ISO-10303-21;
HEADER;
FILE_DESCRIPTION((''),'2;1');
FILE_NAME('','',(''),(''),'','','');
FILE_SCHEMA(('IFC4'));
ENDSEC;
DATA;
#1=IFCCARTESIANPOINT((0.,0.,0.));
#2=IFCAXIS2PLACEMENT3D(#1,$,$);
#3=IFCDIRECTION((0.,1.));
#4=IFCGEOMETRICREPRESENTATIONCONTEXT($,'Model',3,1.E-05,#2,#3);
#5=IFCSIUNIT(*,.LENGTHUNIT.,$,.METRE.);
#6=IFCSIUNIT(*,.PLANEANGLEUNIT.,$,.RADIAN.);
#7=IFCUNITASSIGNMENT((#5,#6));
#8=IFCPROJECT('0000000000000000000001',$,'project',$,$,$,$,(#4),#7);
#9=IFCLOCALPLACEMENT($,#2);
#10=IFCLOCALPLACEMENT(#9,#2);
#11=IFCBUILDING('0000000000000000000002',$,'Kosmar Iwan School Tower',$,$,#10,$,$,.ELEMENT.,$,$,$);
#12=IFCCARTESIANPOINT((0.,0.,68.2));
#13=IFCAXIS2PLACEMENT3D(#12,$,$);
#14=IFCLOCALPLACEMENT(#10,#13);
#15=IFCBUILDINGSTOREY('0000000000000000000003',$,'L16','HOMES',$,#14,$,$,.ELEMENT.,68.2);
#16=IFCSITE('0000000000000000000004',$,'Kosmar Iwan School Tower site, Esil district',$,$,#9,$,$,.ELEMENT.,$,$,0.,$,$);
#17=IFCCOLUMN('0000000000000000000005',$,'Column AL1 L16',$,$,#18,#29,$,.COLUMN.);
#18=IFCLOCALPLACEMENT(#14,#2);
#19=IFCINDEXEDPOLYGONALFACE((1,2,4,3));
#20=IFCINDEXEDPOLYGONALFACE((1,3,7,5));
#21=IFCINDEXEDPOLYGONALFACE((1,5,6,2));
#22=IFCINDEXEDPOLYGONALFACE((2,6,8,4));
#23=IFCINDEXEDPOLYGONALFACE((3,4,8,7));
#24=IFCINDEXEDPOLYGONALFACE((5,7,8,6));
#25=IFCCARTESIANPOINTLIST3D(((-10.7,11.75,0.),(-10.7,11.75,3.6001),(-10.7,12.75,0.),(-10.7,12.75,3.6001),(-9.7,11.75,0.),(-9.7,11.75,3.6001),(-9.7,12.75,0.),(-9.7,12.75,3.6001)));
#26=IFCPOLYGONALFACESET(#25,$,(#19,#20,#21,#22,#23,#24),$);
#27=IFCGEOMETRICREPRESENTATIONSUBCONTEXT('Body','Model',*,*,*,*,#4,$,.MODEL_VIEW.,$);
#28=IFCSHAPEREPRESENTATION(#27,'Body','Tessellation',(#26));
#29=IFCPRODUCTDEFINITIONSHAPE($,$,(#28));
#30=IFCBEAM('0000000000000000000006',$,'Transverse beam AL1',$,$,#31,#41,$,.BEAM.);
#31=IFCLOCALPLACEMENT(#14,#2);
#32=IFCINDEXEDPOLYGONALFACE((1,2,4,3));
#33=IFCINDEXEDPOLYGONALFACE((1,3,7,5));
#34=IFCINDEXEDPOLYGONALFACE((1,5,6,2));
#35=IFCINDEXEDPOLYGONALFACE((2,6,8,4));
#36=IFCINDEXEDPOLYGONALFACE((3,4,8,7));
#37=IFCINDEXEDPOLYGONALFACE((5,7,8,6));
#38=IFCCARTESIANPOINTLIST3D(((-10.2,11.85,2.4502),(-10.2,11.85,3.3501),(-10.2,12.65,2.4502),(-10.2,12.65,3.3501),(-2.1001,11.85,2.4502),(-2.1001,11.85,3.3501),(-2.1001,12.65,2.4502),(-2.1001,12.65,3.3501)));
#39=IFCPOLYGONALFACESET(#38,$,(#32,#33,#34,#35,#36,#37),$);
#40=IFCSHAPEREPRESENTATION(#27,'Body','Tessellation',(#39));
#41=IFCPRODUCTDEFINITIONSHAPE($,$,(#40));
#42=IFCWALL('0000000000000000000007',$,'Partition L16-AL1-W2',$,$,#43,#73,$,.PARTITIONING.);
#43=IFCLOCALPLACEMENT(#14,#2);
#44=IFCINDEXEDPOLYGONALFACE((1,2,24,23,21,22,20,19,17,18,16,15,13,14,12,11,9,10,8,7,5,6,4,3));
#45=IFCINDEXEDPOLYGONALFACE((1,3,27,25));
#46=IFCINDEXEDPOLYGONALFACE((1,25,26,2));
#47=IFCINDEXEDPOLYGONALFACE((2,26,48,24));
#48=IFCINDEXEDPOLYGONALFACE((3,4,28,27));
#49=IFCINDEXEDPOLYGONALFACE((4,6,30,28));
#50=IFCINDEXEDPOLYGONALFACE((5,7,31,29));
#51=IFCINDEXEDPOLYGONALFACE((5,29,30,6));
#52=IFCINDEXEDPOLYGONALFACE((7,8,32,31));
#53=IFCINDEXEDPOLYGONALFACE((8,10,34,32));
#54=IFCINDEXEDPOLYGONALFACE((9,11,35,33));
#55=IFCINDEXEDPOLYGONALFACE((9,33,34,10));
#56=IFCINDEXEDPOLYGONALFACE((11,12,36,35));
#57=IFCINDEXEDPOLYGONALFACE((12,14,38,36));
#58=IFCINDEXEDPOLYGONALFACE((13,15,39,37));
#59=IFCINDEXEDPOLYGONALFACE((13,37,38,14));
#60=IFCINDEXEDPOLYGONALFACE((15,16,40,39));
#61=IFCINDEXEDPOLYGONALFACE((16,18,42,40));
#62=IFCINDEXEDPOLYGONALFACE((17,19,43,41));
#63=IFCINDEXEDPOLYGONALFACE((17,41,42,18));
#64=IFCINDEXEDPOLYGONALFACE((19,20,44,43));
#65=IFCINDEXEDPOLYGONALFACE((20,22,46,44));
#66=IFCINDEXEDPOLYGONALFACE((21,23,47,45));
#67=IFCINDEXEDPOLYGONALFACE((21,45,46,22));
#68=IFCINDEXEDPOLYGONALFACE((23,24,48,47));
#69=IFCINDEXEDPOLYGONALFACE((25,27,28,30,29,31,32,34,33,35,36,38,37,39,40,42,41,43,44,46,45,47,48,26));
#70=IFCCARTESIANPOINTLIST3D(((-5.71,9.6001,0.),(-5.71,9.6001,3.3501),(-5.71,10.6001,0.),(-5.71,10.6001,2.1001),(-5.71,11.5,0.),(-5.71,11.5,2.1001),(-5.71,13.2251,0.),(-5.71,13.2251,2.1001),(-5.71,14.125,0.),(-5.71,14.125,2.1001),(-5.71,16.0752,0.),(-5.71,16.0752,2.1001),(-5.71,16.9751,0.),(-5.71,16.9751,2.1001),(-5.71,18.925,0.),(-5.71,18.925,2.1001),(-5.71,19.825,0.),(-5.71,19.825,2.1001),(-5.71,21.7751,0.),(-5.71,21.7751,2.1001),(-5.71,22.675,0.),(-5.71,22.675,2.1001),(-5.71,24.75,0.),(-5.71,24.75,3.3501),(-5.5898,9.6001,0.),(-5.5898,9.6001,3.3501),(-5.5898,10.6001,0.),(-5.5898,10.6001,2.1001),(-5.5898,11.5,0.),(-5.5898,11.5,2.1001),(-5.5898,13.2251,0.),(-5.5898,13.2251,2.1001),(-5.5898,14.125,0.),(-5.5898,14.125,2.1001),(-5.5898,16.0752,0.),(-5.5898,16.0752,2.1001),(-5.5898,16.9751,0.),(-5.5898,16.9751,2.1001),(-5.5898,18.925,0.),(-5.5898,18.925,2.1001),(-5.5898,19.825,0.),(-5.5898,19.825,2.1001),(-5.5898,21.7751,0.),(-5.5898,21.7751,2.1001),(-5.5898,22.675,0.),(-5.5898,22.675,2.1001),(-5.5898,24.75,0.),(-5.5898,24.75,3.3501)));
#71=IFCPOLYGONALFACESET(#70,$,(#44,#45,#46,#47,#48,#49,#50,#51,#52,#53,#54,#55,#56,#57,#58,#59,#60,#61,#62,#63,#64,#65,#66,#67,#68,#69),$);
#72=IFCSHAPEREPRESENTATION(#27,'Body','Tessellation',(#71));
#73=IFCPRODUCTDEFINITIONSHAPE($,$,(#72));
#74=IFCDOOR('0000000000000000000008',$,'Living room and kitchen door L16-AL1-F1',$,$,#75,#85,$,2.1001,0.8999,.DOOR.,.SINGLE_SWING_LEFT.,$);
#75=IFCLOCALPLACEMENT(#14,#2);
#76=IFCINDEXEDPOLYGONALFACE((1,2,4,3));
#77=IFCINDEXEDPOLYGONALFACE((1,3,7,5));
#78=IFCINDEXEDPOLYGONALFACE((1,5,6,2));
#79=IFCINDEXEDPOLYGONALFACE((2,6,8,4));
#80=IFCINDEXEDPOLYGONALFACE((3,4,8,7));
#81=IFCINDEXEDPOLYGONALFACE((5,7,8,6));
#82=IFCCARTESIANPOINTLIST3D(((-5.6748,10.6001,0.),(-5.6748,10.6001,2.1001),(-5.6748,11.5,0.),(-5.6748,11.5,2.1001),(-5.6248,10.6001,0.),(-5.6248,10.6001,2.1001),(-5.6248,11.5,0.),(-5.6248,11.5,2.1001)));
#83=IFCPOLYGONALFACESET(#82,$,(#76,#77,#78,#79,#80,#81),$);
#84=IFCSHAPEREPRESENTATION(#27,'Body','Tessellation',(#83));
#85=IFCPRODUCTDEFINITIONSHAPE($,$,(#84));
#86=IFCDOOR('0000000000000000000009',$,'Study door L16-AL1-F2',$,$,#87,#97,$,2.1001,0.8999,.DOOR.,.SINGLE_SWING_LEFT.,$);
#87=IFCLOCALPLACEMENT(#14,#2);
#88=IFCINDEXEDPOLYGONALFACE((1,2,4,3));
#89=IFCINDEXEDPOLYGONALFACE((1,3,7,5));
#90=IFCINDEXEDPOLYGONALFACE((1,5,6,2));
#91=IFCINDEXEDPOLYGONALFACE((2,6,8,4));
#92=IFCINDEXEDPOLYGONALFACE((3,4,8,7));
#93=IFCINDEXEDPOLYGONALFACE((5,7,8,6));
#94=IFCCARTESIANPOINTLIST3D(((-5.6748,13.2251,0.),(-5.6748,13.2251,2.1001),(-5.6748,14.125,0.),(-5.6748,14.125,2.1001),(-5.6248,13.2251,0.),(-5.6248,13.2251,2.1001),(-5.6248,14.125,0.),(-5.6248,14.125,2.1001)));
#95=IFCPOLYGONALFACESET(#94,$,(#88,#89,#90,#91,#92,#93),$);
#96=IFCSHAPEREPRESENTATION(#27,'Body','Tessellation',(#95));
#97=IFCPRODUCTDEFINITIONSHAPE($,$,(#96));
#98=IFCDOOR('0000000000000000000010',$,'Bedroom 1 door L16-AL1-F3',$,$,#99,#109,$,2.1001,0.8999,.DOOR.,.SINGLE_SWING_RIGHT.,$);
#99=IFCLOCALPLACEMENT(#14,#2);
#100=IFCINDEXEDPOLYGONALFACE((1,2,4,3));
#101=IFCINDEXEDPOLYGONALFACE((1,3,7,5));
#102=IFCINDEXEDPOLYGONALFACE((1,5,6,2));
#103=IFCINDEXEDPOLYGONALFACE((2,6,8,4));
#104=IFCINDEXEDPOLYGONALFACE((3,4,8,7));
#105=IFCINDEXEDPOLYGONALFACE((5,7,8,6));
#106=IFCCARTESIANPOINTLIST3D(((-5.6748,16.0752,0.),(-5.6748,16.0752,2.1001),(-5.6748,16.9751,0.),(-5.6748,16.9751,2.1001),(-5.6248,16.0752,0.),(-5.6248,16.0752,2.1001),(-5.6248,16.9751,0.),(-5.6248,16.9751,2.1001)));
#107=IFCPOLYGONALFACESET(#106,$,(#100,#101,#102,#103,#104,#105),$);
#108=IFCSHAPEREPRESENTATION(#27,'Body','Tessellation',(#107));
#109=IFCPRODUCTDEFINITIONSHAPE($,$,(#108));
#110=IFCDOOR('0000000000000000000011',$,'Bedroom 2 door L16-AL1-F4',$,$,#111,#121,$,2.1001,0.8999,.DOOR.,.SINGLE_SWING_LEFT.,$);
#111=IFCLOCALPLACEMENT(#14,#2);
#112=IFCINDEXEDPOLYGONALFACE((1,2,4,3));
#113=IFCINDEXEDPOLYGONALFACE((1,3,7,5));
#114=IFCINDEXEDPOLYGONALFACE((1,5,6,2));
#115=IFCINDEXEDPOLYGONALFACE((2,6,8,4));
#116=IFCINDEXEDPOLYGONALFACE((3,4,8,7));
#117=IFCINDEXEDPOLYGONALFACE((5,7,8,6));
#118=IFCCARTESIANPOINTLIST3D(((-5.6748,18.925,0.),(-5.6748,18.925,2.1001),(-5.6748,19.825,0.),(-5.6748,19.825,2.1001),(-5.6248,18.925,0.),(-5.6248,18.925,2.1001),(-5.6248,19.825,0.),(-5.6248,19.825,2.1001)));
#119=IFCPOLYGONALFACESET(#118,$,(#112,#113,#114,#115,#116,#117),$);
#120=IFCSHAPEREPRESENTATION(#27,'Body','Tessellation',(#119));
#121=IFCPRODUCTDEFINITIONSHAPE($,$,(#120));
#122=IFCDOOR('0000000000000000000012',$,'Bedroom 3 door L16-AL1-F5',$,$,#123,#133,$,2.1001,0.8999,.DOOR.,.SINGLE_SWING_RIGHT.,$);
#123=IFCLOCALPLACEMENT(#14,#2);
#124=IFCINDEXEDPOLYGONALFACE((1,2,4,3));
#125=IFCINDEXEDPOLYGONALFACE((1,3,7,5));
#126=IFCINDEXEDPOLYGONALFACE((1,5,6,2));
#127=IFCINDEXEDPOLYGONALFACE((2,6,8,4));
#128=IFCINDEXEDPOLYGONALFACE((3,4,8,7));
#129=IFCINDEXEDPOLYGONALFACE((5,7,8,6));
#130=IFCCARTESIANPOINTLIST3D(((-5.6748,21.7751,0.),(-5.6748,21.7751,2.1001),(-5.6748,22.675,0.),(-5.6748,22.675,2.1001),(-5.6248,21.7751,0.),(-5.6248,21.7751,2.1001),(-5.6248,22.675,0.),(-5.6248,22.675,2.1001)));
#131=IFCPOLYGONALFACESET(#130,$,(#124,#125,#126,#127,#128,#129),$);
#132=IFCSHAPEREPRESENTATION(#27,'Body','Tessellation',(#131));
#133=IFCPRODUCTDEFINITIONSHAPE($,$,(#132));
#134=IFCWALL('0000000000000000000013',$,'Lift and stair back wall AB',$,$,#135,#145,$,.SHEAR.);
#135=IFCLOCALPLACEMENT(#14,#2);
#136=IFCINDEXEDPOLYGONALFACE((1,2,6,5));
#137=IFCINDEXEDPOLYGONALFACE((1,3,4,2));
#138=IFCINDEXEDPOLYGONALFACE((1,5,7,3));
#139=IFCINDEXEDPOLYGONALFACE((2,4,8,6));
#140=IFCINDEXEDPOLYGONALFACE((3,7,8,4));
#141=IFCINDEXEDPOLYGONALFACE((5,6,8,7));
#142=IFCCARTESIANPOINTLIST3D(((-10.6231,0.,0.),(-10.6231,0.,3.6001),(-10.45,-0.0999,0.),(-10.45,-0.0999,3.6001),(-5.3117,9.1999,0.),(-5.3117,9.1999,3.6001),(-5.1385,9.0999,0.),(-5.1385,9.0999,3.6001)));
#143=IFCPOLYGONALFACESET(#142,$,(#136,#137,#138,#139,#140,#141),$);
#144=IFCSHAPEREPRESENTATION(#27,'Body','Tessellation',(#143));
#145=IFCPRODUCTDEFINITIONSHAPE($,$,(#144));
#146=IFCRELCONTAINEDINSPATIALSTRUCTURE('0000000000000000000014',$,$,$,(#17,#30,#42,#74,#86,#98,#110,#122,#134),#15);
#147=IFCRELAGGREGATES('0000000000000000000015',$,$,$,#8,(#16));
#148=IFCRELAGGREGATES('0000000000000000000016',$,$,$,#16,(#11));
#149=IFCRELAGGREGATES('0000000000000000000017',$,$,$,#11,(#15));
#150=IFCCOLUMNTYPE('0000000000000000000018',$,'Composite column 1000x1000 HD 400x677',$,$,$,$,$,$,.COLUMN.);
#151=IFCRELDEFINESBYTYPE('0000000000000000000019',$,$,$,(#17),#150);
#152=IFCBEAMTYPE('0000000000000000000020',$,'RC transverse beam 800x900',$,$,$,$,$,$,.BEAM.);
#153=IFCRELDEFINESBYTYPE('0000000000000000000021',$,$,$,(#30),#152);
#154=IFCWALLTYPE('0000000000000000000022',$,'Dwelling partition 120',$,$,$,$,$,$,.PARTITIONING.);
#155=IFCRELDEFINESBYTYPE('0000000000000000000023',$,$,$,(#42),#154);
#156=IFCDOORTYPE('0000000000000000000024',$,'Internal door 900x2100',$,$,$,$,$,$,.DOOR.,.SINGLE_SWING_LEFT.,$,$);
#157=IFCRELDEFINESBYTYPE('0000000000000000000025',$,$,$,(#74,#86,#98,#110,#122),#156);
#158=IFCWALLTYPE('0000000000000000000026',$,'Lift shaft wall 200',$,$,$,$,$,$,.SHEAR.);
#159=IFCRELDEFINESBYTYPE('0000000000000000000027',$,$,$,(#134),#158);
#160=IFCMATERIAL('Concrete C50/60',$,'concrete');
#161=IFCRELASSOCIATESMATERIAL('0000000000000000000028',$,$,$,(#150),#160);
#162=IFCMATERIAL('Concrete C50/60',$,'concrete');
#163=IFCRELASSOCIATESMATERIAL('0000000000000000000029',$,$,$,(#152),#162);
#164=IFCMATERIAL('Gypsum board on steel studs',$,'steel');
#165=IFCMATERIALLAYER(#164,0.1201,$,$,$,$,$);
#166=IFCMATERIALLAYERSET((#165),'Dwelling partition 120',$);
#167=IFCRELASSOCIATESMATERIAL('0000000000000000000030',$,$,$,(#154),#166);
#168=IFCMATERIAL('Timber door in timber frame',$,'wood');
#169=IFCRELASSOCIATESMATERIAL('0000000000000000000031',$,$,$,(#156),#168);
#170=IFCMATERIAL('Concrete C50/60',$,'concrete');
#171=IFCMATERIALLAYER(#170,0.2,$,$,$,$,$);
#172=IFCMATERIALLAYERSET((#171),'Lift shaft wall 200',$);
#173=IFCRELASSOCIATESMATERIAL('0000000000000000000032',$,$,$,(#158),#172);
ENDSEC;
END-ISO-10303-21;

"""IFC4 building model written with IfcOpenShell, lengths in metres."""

from ifc_helpers import new_model, si_unit, direction, frame, frame_2d, origin, origin_2d, place, context, subcontext, project, spatial, rectangle, extrude, material, layer, layer_set, material_profile, profile_set, type_object, element, fill, save


model = new_model("IFC4")

# Units and contexts
model_context = context("Model", 3, precision=1e-05, world=origin(), true_north=direction((0.0, 1.0)))
body_context = subcontext(model_context, "Body", "Model", "MODEL_VIEW")
ifc_project = project(units=[si_unit("LENGTHUNIT", "METRE"), si_unit("PLANEANGLEUNIT", "RADIAN")], contexts=[model_context])

# Site, building, storey
site_placement = place(None, origin())
site = spatial("IfcSite", under=ifc_project, at=site_placement, Name="Kosmar Iwan School Tower site, Esil district", CompositionType="ELEMENT", RefElevation=0.0)
building_placement = place(site_placement, origin())
building = spatial("IfcBuilding", under=site, at=building_placement, Name="Kosmar Iwan School Tower", CompositionType="ELEMENT")
storey_placement = place(building_placement, frame((0.0, 0.0, 68.2)))
storey = spatial("IfcBuildingStorey", under=building, at=storey_placement, Name="L16", Description="HOMES", CompositionType="ELEMENT", Elevation=68.2)

# Column
ifc_material_1 = material(Name="Concrete C50/60", Category="concrete")
ifc_material_profile_1 = material_profile(ifc_material_1, rectangle(XDim=1.0, YDim=1.0, at=origin_2d()), Name="RC 1000x1000 + HD 400x677")
ifc_profile_set_1 = profile_set([ifc_material_profile_1], Name="Concrete C50/60")
column_type = type_object("IfcColumnType", Name="Composite column 1000x1000 HD 400x677", PredefinedType="COLUMN", material=ifc_profile_set_1)
column_placement = place(storey_placement, frame((-10.2, 12.25, 0.0), z_axis=(0.0, 0.0, 1.0), x_axis=(0.0, 1.0, 0.0)))
element("IfcColumn", 1, at=column_placement, inside=storey, type_object=column_type, Name="Column AL1 L16", PredefinedType="COLUMN", context=body_context, shape_type="SweptSolid", body=[
    extrude(rectangle(XDim=1.0, YDim=1.0, at=origin_2d()), origin(), (0.0, 0.0, 1.0), 3.6001),
])

# Beam
ifc_material_2 = material(Name="Concrete C50/60", Category="concrete")
ifc_material_profile_2 = material_profile(ifc_material_2, rectangle(XDim=0.8, YDim=0.8999, at=origin_2d()), Name="RC 800x900")
ifc_profile_set_2 = profile_set([ifc_material_profile_2], Name="Concrete C50/60")
beam_type = type_object("IfcBeamType", Name="RC transverse beam 800x900", PredefinedType="BEAM", material=ifc_profile_set_2)
beam_placement = place(storey_placement, frame((-10.2, 12.25, 2.9001), z_axis=(1.0, 0.0, 0.0), x_axis=(0.0, 1.0, 0.0)))
element("IfcBeam", 2, at=beam_placement, inside=storey, type_object=beam_type, Name="Transverse beam AL1", PredefinedType="BEAM", context=body_context, shape_type="SweptSolid", body=[
    extrude(rectangle(XDim=0.8, YDim=0.8999, at=origin_2d()), origin(), (0.0, 0.0, 1.0), 8.0999),
])

# Wall, openings, doors
ifc_material_3 = material(Name="Gypsum board on steel studs", Category="steel")
ifc_layer_1 = layer(ifc_material_3, 0.1201)
ifc_layer_set_1 = layer_set([ifc_layer_1], Name="Dwelling partition 120")
wall_type_1 = type_object("IfcWallType", Name="Dwelling partition 120", PredefinedType="PARTITIONING", material=ifc_layer_set_1)
wall_1_placement = place(storey_placement, frame((-5.6499, 9.6001, 0.0), z_axis=(0.0, 0.0, 1.0), x_axis=(0.0, 1.0, 0.0)))
wall_1 = element("IfcWall", 3, at=wall_1_placement, inside=storey, type_object=wall_type_1, Name="Partition L16-AL1-W2", PredefinedType="PARTITIONING", context=body_context, shape_type="SweptSolid", body=[
    extrude(rectangle(XDim=15.1499, YDim=0.1201, at=frame_2d((7.575, 0.0))), origin(), (0.0, 0.0, 1.0), 3.3501),
])
opening_1_placement = place(wall_1_placement, frame((1.0, 0.0, 0.0)))
opening_1 = element("IfcOpeningElement", 4, at=opening_1_placement, cuts=wall_1, PredefinedType="OPENING", context=body_context, shape_type="SweptSolid", body=[
    extrude(rectangle(XDim=0.8999, YDim=2.1001, at=frame_2d((0.45, 1.05))), frame((0.0, 0.072, 0.0), z_axis=(0.0, -1.0, 0.0), x_axis=(1.0, 0.0, 0.0)), (0.0, 0.0, 1.0), 0.144),
])
opening_2_placement = place(wall_1_placement, frame((3.625, 0.0, 0.0)))
opening_2 = element("IfcOpeningElement", 5, at=opening_2_placement, cuts=wall_1, PredefinedType="OPENING", context=body_context, shape_type="SweptSolid", body=[
    extrude(rectangle(XDim=0.8999, YDim=2.1001, at=frame_2d((0.45, 1.05))), frame((0.0, 0.072, 0.0), z_axis=(0.0, -1.0, 0.0), x_axis=(1.0, 0.0, 0.0)), (0.0, 0.0, 1.0), 0.144),
])
opening_3_placement = place(wall_1_placement, frame((6.4751, 0.0, 0.0)))
opening_3 = element("IfcOpeningElement", 6, at=opening_3_placement, cuts=wall_1, PredefinedType="OPENING", context=body_context, shape_type="SweptSolid", body=[
    extrude(rectangle(XDim=0.8999, YDim=2.1001, at=frame_2d((0.45, 1.05))), frame((0.0, 0.072, 0.0), z_axis=(0.0, -1.0, 0.0), x_axis=(1.0, 0.0, 0.0)), (0.0, 0.0, 1.0), 0.144),
])
opening_4_placement = place(wall_1_placement, frame((9.325, 0.0, 0.0)))
opening_4 = element("IfcOpeningElement", 7, at=opening_4_placement, cuts=wall_1, PredefinedType="OPENING", context=body_context, shape_type="SweptSolid", body=[
    extrude(rectangle(XDim=0.8999, YDim=2.1001, at=frame_2d((0.45, 1.05))), frame((0.0, 0.072, 0.0), z_axis=(0.0, -1.0, 0.0), x_axis=(1.0, 0.0, 0.0)), (0.0, 0.0, 1.0), 0.144),
])
opening_5_placement = place(wall_1_placement, frame((12.175, 0.0, 0.0)))
opening_5 = element("IfcOpeningElement", 8, at=opening_5_placement, cuts=wall_1, PredefinedType="OPENING", context=body_context, shape_type="SweptSolid", body=[
    extrude(rectangle(XDim=0.8999, YDim=2.1001, at=frame_2d((0.45, 1.05))), frame((0.0, 0.072, 0.0), z_axis=(0.0, -1.0, 0.0), x_axis=(1.0, 0.0, 0.0)), (0.0, 0.0, 1.0), 0.144),
])
ifc_material_4 = material(Name="Timber door in timber frame", Category="wood")
door_type = type_object("IfcDoorType", Name="Internal door 900x2100", OperationType="SINGLE_SWING_LEFT", PredefinedType="DOOR", material=ifc_material_4)
door_1_placement = place(opening_1_placement, origin())
door_1 = element("IfcDoor", 9, at=door_1_placement, inside=storey, type_object=door_type, Name="Living room and kitchen door L16-AL1-F1", OperationType="SINGLE_SWING_LEFT", OverallHeight=2.1001, OverallWidth=0.8999, PredefinedType="DOOR", context=body_context, shape_type="SweptSolid", body=[
    extrude(rectangle(XDim=0.8999, YDim=2.1001, at=frame_2d((0.45, 1.05))), frame((0.0, 0.0249, 0.0), z_axis=(0.0, -1.0, 0.0), x_axis=(1.0, 0.0, 0.0)), (0.0, 0.0, 1.0), 0.05),
])
fill(opening_1, door_1)
door_2_placement = place(opening_2_placement, origin())
door_2 = element("IfcDoor", 10, at=door_2_placement, inside=storey, type_object=door_type, Name="Study door L16-AL1-F2", OperationType="SINGLE_SWING_LEFT", OverallHeight=2.1001, OverallWidth=0.8999, PredefinedType="DOOR", context=body_context, shape_type="SweptSolid", body=[
    extrude(rectangle(XDim=0.8999, YDim=2.1001, at=frame_2d((0.45, 1.05))), frame((0.0, 0.0249, 0.0), z_axis=(0.0, -1.0, 0.0), x_axis=(1.0, 0.0, 0.0)), (0.0, 0.0, 1.0), 0.05),
])
fill(opening_2, door_2)
door_3_placement = place(opening_3_placement, origin())
door_3 = element("IfcDoor", 11, at=door_3_placement, inside=storey, type_object=door_type, Name="Bedroom 1 door L16-AL1-F3", OperationType="SINGLE_SWING_RIGHT", OverallHeight=2.1001, OverallWidth=0.8999, PredefinedType="DOOR", context=body_context, shape_type="SweptSolid", body=[
    extrude(rectangle(XDim=0.8999, YDim=2.1001, at=frame_2d((0.45, 1.05))), frame((0.0, 0.0249, 0.0), z_axis=(0.0, -1.0, 0.0), x_axis=(1.0, 0.0, 0.0)), (0.0, 0.0, 1.0), 0.05),
])
fill(opening_3, door_3)
door_4_placement = place(opening_4_placement, origin())
door_4 = element("IfcDoor", 12, at=door_4_placement, inside=storey, type_object=door_type, Name="Bedroom 2 door L16-AL1-F4", OperationType="SINGLE_SWING_LEFT", OverallHeight=2.1001, OverallWidth=0.8999, PredefinedType="DOOR", context=body_context, shape_type="SweptSolid", body=[
    extrude(rectangle(XDim=0.8999, YDim=2.1001, at=frame_2d((0.45, 1.05))), frame((0.0, 0.0249, 0.0), z_axis=(0.0, -1.0, 0.0), x_axis=(1.0, 0.0, 0.0)), (0.0, 0.0, 1.0), 0.05),
])
fill(opening_4, door_4)
door_5_placement = place(opening_5_placement, origin())
door_5 = element("IfcDoor", 13, at=door_5_placement, inside=storey, type_object=door_type, Name="Bedroom 3 door L16-AL1-F5", OperationType="SINGLE_SWING_RIGHT", OverallHeight=2.1001, OverallWidth=0.8999, PredefinedType="DOOR", context=body_context, shape_type="SweptSolid", body=[
    extrude(rectangle(XDim=0.8999, YDim=2.1001, at=frame_2d((0.45, 1.05))), frame((0.0, 0.0249, 0.0), z_axis=(0.0, -1.0, 0.0), x_axis=(1.0, 0.0, 0.0)), (0.0, 0.0, 1.0), 0.05),
])
fill(opening_5, door_5)

# Wall
ifc_material_5 = material(Name="Concrete C50/60", Category="concrete")
ifc_layer_2 = layer(ifc_material_5, 0.2)
ifc_layer_set_2 = layer_set([ifc_layer_2], Name="Lift shaft wall 200")
wall_type_2 = type_object("IfcWallType", Name="Lift shaft wall 200", PredefinedType="SHEAR", material=ifc_layer_set_2)
wall_2_placement = place(storey_placement, frame((-5.2251, 9.1499, 0.0), z_axis=(0.0, 0.0, 1.0), x_axis=(-0.499995, -0.866028, 0.0)))
element("IfcWall", 14, at=wall_2_placement, inside=storey, type_object=wall_type_2, Name="Lift and stair back wall AB", PredefinedType="SHEAR", context=body_context, shape_type="SweptSolid", body=[
    extrude(rectangle(XDim=10.623, YDim=0.2, at=frame_2d((5.3115, 0.0))), origin(), (0.0, 0.0, 1.0), 3.6001),
])

save(model, "model.ifc")
